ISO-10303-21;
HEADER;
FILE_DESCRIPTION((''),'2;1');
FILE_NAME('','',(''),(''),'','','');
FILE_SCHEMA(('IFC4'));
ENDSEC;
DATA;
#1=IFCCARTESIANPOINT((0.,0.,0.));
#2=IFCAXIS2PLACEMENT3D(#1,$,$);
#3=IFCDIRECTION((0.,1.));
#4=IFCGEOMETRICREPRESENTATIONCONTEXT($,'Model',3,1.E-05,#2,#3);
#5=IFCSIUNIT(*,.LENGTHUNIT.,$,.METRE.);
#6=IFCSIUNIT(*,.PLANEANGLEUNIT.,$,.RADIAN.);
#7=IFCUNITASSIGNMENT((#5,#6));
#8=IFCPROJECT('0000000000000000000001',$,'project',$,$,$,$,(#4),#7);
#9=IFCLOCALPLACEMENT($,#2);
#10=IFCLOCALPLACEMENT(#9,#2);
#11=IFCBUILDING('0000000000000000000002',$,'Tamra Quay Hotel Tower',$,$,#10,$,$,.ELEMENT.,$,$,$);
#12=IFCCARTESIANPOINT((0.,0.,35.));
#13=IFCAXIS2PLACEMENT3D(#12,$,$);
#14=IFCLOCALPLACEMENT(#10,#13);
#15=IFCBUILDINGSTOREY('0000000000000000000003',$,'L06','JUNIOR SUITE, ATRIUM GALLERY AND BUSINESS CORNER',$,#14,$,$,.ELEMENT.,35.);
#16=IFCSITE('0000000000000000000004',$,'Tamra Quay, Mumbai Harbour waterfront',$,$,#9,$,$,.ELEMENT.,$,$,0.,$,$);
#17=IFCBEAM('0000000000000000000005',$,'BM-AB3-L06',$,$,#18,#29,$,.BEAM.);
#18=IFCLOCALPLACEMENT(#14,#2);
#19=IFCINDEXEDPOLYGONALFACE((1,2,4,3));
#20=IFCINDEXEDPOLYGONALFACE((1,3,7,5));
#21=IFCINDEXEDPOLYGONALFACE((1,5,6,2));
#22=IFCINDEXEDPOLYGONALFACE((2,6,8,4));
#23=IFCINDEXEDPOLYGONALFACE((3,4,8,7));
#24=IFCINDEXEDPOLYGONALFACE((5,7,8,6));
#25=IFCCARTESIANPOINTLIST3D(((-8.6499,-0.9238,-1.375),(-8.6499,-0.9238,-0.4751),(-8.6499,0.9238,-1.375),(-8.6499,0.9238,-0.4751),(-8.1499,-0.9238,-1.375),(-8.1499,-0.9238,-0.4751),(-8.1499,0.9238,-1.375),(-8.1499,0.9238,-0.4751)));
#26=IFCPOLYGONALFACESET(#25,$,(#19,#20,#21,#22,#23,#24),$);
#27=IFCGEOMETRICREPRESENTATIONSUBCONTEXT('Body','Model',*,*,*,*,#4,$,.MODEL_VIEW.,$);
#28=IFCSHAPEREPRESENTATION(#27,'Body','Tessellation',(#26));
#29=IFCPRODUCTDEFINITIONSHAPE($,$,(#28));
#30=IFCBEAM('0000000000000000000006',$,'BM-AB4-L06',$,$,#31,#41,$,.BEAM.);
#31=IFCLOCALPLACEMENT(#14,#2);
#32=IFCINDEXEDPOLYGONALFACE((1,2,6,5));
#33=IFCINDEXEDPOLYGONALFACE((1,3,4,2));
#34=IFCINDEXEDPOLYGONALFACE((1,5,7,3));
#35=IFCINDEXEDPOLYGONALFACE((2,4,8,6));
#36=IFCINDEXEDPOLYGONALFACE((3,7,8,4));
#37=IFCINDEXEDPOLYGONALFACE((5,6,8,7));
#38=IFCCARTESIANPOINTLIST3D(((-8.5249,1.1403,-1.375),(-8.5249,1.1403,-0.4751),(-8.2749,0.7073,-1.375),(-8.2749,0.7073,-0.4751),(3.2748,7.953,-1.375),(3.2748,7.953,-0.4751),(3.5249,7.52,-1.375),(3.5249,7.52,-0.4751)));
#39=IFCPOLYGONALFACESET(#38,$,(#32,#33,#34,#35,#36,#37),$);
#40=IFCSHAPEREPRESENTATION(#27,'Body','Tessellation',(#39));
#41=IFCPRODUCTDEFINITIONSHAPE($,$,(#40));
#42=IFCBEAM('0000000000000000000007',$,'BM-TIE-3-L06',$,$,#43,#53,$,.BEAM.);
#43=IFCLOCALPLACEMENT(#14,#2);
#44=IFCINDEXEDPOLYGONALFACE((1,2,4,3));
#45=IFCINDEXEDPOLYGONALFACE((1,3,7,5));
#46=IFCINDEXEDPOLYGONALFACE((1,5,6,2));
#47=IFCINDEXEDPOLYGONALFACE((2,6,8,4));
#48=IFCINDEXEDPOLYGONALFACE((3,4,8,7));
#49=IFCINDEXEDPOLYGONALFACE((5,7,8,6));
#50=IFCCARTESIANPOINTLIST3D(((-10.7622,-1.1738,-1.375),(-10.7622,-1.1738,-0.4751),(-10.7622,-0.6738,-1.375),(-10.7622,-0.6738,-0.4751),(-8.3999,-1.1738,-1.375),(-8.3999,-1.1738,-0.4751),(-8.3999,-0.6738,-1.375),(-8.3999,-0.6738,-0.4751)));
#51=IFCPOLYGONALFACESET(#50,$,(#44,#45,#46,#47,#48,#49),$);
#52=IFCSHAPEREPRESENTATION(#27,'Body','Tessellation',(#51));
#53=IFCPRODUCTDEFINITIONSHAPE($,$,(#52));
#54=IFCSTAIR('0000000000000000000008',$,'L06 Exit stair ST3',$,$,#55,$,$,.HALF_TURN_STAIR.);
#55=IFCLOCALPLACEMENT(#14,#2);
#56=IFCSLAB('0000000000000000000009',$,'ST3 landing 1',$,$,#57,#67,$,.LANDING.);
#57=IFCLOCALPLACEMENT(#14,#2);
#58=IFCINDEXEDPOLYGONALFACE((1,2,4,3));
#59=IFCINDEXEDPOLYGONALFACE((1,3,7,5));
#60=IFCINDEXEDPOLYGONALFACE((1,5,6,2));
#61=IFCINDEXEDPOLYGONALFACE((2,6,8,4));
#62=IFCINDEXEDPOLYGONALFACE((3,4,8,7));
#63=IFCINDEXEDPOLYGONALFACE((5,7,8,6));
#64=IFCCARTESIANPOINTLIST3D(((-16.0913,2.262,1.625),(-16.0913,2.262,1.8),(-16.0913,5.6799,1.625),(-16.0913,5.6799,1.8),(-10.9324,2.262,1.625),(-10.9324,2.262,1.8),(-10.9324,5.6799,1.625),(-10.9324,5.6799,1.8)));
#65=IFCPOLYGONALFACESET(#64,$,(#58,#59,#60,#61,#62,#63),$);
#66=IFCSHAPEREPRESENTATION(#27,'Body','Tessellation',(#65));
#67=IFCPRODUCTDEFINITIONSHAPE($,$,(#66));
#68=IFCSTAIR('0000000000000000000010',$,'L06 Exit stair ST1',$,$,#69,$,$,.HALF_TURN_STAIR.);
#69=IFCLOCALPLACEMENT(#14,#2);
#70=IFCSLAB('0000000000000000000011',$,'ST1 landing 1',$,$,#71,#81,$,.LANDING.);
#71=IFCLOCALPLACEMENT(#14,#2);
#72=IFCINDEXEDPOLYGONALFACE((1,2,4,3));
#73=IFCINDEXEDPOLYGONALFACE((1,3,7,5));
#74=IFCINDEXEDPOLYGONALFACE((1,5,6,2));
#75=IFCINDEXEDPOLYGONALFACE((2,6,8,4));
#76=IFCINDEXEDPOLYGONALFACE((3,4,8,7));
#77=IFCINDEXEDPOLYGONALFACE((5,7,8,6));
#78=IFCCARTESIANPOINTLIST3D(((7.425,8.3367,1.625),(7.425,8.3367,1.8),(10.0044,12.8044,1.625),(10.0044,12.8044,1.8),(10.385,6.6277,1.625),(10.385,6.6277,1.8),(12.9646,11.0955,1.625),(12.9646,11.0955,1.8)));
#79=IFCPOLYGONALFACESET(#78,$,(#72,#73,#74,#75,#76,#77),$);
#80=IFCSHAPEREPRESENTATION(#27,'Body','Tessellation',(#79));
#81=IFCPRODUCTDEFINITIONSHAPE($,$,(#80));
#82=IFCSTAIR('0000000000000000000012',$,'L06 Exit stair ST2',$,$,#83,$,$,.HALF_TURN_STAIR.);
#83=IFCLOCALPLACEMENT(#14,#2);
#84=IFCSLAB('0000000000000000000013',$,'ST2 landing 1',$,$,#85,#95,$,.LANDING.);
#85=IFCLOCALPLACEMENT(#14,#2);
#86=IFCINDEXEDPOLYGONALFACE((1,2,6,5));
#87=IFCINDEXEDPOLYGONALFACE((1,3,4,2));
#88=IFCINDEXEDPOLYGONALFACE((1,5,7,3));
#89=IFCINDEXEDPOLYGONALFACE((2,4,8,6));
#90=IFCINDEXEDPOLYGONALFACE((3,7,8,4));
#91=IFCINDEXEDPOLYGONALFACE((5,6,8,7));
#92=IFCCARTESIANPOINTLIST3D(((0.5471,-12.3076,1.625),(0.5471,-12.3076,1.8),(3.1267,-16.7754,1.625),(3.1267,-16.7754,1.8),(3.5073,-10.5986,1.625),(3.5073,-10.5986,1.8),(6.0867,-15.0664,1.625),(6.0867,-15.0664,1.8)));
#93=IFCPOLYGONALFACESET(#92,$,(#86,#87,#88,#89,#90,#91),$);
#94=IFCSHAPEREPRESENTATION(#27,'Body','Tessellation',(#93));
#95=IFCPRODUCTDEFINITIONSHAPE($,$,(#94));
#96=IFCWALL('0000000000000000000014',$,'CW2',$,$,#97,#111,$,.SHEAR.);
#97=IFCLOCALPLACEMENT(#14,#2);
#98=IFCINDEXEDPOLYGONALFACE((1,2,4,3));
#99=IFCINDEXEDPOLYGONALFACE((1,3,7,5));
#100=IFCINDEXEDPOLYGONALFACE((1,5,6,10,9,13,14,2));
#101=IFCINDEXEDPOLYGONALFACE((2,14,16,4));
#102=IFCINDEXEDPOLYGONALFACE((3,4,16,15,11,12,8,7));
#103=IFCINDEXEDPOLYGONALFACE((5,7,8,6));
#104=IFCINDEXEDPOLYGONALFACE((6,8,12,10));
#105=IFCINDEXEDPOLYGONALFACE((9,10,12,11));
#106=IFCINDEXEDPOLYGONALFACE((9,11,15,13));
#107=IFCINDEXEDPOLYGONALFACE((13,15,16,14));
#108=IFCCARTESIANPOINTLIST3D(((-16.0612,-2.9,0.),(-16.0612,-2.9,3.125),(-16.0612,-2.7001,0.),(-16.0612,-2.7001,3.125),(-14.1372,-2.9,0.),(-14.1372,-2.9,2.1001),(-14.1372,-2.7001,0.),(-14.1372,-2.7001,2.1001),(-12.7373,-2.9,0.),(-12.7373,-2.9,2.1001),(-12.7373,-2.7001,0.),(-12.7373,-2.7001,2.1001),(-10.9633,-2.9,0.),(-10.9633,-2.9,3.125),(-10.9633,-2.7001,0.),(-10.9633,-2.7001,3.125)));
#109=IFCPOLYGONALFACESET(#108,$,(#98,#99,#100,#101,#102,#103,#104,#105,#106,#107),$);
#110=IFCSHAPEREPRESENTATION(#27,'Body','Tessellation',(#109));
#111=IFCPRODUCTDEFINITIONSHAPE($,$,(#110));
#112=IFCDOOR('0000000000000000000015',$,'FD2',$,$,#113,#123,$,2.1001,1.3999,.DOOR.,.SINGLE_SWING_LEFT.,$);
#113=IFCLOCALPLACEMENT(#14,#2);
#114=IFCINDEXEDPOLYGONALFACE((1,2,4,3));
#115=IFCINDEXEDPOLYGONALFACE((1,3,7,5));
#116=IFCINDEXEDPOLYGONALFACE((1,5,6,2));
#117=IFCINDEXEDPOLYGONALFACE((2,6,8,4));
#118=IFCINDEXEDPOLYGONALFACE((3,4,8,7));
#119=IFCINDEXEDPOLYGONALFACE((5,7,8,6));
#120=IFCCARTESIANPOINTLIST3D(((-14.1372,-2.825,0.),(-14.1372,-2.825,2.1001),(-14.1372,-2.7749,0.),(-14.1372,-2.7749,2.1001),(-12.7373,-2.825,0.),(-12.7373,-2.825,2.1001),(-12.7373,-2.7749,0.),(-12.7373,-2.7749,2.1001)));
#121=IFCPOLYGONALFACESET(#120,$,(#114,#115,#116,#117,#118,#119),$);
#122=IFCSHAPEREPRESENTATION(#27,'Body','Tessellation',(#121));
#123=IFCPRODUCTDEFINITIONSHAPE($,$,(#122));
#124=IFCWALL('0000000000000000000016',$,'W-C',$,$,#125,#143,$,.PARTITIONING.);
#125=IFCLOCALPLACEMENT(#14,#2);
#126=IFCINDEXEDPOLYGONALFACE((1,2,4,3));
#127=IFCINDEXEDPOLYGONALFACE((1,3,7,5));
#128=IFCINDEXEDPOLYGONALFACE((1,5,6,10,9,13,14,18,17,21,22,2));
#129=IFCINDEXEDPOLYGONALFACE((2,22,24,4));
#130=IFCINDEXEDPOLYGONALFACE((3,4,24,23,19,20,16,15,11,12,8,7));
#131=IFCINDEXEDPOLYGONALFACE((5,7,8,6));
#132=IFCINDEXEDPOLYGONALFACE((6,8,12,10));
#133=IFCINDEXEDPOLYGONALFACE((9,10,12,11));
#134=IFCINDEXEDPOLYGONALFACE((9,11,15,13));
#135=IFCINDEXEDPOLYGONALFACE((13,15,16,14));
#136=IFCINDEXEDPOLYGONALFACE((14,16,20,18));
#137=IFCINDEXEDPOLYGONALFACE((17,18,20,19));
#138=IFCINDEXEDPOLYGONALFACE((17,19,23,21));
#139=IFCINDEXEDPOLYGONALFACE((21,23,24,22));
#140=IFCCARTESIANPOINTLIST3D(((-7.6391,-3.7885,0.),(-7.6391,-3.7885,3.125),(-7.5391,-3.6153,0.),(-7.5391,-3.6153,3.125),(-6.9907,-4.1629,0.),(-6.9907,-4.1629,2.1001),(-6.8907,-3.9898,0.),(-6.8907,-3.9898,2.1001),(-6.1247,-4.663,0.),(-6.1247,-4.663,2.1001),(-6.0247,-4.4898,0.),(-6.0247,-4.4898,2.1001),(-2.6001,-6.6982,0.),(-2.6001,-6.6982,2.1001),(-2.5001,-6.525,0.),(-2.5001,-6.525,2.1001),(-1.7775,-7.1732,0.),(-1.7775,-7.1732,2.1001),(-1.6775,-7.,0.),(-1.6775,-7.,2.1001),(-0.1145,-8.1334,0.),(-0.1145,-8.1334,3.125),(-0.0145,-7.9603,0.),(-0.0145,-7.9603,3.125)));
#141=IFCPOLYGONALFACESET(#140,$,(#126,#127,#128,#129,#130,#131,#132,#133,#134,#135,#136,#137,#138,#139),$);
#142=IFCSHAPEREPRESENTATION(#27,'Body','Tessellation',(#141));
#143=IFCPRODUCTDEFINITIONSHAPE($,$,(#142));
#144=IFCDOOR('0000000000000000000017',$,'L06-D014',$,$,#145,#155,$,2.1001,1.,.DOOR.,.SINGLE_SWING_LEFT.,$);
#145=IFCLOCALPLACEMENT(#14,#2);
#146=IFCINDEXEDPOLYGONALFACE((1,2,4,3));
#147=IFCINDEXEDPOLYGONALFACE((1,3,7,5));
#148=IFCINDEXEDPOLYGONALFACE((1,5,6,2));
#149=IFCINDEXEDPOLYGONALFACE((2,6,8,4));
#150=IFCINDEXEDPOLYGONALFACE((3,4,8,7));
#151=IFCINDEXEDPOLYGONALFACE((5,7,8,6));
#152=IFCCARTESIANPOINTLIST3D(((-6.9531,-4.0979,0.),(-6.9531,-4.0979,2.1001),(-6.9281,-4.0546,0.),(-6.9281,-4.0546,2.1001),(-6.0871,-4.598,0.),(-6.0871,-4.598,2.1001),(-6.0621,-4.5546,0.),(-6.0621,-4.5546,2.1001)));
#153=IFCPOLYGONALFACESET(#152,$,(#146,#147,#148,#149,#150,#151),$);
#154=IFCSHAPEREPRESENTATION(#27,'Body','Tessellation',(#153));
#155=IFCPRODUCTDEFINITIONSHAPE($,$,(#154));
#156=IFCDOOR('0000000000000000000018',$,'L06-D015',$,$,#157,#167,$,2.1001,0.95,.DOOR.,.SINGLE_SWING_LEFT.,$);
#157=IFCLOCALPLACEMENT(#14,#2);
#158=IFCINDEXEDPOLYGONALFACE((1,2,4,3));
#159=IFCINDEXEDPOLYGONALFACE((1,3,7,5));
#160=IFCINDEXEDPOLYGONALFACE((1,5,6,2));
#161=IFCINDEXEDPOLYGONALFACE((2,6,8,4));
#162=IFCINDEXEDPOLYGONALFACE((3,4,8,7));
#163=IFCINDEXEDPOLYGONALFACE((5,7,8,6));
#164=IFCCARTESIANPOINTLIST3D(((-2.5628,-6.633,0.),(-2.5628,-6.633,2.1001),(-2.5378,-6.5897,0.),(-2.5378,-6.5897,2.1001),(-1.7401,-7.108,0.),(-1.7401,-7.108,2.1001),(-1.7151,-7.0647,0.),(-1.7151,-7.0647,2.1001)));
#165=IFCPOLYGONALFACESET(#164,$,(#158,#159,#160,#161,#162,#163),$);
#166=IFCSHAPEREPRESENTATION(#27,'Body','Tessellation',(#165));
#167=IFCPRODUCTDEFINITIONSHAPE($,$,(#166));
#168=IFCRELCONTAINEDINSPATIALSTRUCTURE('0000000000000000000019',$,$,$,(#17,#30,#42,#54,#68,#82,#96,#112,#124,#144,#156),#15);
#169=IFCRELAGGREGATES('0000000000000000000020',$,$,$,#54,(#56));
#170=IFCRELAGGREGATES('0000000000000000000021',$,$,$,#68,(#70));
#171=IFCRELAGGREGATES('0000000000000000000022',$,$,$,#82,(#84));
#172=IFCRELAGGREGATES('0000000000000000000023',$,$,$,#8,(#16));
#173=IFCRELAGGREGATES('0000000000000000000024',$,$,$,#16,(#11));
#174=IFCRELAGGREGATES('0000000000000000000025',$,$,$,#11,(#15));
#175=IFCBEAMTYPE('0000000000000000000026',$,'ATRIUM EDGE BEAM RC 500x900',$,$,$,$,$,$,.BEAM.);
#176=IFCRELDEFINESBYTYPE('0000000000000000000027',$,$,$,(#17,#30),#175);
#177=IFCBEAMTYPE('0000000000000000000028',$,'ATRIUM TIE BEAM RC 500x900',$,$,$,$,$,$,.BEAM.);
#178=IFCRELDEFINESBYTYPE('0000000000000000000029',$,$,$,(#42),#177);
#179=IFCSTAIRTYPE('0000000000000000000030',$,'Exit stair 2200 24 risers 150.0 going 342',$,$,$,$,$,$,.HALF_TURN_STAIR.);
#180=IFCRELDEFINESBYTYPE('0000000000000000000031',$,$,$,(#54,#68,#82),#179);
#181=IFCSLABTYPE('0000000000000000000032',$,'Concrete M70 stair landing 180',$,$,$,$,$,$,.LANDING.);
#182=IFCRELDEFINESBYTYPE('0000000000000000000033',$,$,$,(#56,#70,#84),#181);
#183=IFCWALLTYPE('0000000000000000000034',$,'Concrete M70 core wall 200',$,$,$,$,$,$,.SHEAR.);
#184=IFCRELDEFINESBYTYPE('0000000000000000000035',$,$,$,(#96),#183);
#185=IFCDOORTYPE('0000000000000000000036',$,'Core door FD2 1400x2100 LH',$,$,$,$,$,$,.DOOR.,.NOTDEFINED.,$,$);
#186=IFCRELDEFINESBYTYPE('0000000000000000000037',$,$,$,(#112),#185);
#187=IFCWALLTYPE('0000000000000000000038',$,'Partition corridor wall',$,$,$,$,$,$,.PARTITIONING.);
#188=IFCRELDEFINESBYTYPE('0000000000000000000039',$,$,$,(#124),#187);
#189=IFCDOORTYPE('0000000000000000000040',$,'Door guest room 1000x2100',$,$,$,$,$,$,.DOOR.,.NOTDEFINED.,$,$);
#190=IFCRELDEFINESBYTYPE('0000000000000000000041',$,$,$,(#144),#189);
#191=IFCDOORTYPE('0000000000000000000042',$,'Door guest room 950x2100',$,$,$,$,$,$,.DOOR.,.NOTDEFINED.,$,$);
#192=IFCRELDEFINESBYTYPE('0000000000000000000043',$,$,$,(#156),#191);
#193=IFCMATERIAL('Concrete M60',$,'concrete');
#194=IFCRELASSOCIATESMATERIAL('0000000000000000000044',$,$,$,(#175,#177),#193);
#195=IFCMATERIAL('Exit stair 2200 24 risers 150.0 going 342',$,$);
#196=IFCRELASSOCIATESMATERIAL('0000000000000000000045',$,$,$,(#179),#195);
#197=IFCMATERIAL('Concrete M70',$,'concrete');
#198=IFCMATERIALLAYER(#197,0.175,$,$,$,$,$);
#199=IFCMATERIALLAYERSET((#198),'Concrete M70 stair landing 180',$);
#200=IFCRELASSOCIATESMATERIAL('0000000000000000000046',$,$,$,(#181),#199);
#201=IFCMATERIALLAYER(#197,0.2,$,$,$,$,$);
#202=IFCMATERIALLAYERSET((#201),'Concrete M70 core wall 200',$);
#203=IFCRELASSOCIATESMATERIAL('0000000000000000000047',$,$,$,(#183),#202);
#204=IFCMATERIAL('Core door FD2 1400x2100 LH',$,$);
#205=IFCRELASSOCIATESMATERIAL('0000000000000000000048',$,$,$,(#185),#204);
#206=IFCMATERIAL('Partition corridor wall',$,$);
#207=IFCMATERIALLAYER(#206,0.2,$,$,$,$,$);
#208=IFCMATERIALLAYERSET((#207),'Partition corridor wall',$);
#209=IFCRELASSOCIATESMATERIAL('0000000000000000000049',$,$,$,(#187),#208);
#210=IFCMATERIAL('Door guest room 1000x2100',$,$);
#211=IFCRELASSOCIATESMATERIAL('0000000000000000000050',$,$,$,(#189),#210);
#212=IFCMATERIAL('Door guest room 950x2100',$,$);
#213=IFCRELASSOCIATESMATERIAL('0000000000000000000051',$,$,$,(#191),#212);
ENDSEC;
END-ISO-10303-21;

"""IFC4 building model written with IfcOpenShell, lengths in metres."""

from ifc_helpers import new_model, si_unit, direction, frame, frame_2d, origin, origin_2d, place, context, subcontext, project, spatial, polyline, rectangle, outline, extrude, material, layer, layer_set, material_profile, profile_set, type_object, element, fill, aggregate, save


model = new_model("IFC4")

# Units and contexts
model_context = context("Model", 3, precision=1e-05, world=origin(), true_north=direction((0.0, 1.0)))
body_context = subcontext(model_context, "Body", "Model", "MODEL_VIEW")
ifc_project = project(units=[si_unit("LENGTHUNIT", "METRE"), si_unit("PLANEANGLEUNIT", "RADIAN")], contexts=[model_context])

# Site, building, storey
site_placement = place(None, origin())
site = spatial("IfcSite", under=ifc_project, at=site_placement, Name="Tamra Quay, Mumbai Harbour waterfront", CompositionType="ELEMENT", RefElevation=0.0)
building_placement = place(site_placement, origin())
building = spatial("IfcBuilding", under=site, at=building_placement, Name="Tamra Quay Hotel Tower", CompositionType="ELEMENT")
storey_placement = place(building_placement, frame((0.0, 0.0, 35.0)))
storey = spatial("IfcBuildingStorey", under=building, at=storey_placement, Name="L06", Description="JUNIOR SUITE, ATRIUM GALLERY AND BUSINESS CORNER", CompositionType="ELEMENT", Elevation=35.0)

# Beams
ifc_material_1 = material(Name="Concrete M60", Category="concrete")
ifc_material_profile_1 = material_profile(ifc_material_1, rectangle(XDim=0.5, YDim=0.8999, at=origin_2d()), Name="ATRIUM EDGE BEAM RC 500x900")
ifc_profile_set_1 = profile_set([ifc_material_profile_1], Name="Concrete M60")
beam_type_1 = type_object("IfcBeamType", Name="ATRIUM EDGE BEAM RC 500x900", PredefinedType="BEAM", material=ifc_profile_set_1)
beam_1_placement = place(storey_placement, frame((-8.3999, -0.9238, -0.925), z_axis=(0.0, 1.0, 0.0), x_axis=(-1.0, 0.0, 0.0)))
element("IfcBeam", 1, at=beam_1_placement, inside=storey, type_object=beam_type_1, Name="BM-AB3-L06", PredefinedType="BEAM", context=body_context, shape_type="SweptSolid", body=[
    extrude(rectangle(XDim=0.5, YDim=0.8999, at=origin_2d()), origin(), (0.0, 0.0, 1.0), 1.8477),
])
beam_2_placement = place(storey_placement, frame((-8.3999, 0.9238, -0.925), z_axis=(0.866021, 0.500007, 0.0), x_axis=(-0.500007, 0.866021, 0.0)))
element("IfcBeam", 2, at=beam_2_placement, inside=storey, type_object=beam_type_1, Name="BM-AB4-L06", PredefinedType="BEAM", context=body_context, shape_type="SweptSolid", body=[
    extrude(rectangle(XDim=0.5, YDim=0.8999, at=origin_2d()), origin(), (0.0, 0.0, 1.0), 13.6252),
])
ifc_material_profile_2 = material_profile(ifc_material_1, rectangle(XDim=0.5, YDim=0.8999, at=origin_2d()), Name="ATRIUM TIE BEAM RC 500x900")
ifc_profile_set_2 = profile_set([ifc_material_profile_2], Name="Concrete M60")
beam_type_2 = type_object("IfcBeamType", Name="ATRIUM TIE BEAM RC 500x900", PredefinedType="BEAM", material=ifc_profile_set_2)
beam_3_placement = place(storey_placement, frame((-8.3999, -0.9238, -0.925), z_axis=(-1.0, 0.0, 0.0), x_axis=(0.0, -1.0, 0.0)))
element("IfcBeam", 3, at=beam_3_placement, inside=storey, type_object=beam_type_2, Name="BM-TIE-3-L06", PredefinedType="BEAM", context=body_context, shape_type="SweptSolid", body=[
    extrude(rectangle(XDim=0.5, YDim=0.8999, at=origin_2d()), origin(), (0.0, 0.0, 1.0), 2.3623),
])

# Stairs, slabs
ifc_material_2 = material(Name="Exit stair 2200 24 risers 150.0 going 342")
stair_type = type_object("IfcStairType", Name="Exit stair 2200 24 risers 150.0 going 342", PredefinedType="HALF_TURN_STAIR", material=ifc_material_2)
stair_1_placement = place(storey_placement, origin())
stair_1 = element("IfcStair", 4, at=stair_1_placement, inside=storey, type_object=stair_type, Name="L06 Exit stair ST3", PredefinedType="HALF_TURN_STAIR")
ifc_material_3 = material(Name="Concrete M70", Category="concrete")
ifc_layer_1 = layer(ifc_material_3, 0.175)
ifc_layer_set_1 = layer_set([ifc_layer_1], Name="Concrete M70 stair landing 180")
slab_type_1 = type_object("IfcSlabType", Name="Concrete M70 stair landing 180", PredefinedType="LANDING", material=ifc_layer_set_1)
slab_1_placement = place(storey_placement, frame((0.0, 0.0, 1.625)))
slab_1 = element("IfcSlab", 5, at=slab_1_placement, type_object=slab_type_1, Name="ST3 landing 1", PredefinedType="LANDING", context=body_context, shape_type="SweptSolid", body=[
    extrude(outline(polyline([(-10.9324, 2.262), (-10.9324, 5.6799), (-16.0913, 5.6799), (-16.0913, 2.262), (-10.9324, 2.262)])), origin(), (0.0, 0.0, 1.0), 0.175),
])
aggregate(stair_1, [slab_1])
stair_2_placement = place(storey_placement, origin())
stair_2 = element("IfcStair", 6, at=stair_2_placement, inside=storey, type_object=stair_type, Name="L06 Exit stair ST1", PredefinedType="HALF_TURN_STAIR")
slab_2_placement = place(storey_placement, frame((0.0, 0.0, 1.625)))
slab_2 = element("IfcSlab", 7, at=slab_2_placement, type_object=slab_type_1, Name="ST1 landing 1", PredefinedType="LANDING", context=body_context, shape_type="SweptSolid", body=[
    extrude(outline(polyline([(7.425, 8.3367), (10.385, 6.6277), (12.9646, 11.0955), (10.0044, 12.8044), (7.425, 8.3367)])), origin(), (0.0, 0.0, 1.0), 0.175),
])
aggregate(stair_2, [slab_2])
stair_3_placement = place(storey_placement, origin())
stair_3 = element("IfcStair", 8, at=stair_3_placement, inside=storey, type_object=stair_type, Name="L06 Exit stair ST2", PredefinedType="HALF_TURN_STAIR")
slab_3_placement = place(storey_placement, frame((0.0, 0.0, 1.625)))
slab_3 = element("IfcSlab", 9, at=slab_3_placement, type_object=slab_type_1, Name="ST2 landing 1", PredefinedType="LANDING", context=body_context, shape_type="SweptSolid", body=[
    extrude(outline(polyline([(3.5073, -10.5986), (0.5471, -12.3076), (3.1267, -16.7754), (6.0867, -15.0664), (3.5073, -10.5986)])), origin(), (0.0, 0.0, 1.0), 0.175),
])
aggregate(stair_3, [slab_3])

# Wall, opening, door
ifc_layer_2 = layer(ifc_material_3, 0.2)
ifc_layer_set_2 = layer_set([ifc_layer_2], Name="Concrete M70 core wall 200")
wall_type_1 = type_object("IfcWallType", Name="Concrete M70 core wall 200", PredefinedType="SHEAR", material=ifc_layer_set_2)
wall_1_placement = place(storey_placement, frame((-10.9634, -2.8, 0.0), z_axis=(0.0, 0.0, 1.0), x_axis=(-1.0, 0.0, 0.0)))
wall_1 = element("IfcWall", 10, at=wall_1_placement, inside=storey, type_object=wall_type_1, Name="CW2", PredefinedType="SHEAR", context=body_context, shape_type="SweptSolid", body=[
    extrude(rectangle(XDim=5.0979, YDim=0.2, at=frame_2d((2.5488, 0.0))), origin(), (0.0, 0.0, 1.0), 3.125),
])
opening_1_placement = place(wall_1_placement, frame((1.7739, 0.0, 0.0)))
opening_1 = element("IfcOpeningElement", 11, at=opening_1_placement, cuts=wall_1, PredefinedType="OPENING", context=body_context, shape_type="SweptSolid", body=[
    extrude(rectangle(XDim=1.3999, YDim=2.1001, at=frame_2d((0.7, 1.05))), frame((0.0, 0.1099, 0.0), z_axis=(0.0, -1.0, 0.0), x_axis=(1.0, 0.0, 0.0)), (0.0, 0.0, 1.0), 0.22),
])
ifc_material_4 = material(Name="Core door FD2 1400x2100 LH")
door_type_1 = type_object("IfcDoorType", Name="Core door FD2 1400x2100 LH", OperationType="NOTDEFINED", PredefinedType="DOOR", material=ifc_material_4)
door_1_placement = place(opening_1_placement, origin())
door_1 = element("IfcDoor", 12, at=door_1_placement, inside=storey, type_object=door_type_1, Name="FD2", OperationType="SINGLE_SWING_LEFT", OverallHeight=2.1001, OverallWidth=1.3999, PredefinedType="DOOR", context=body_context, shape_type="SweptSolid", body=[
    extrude(rectangle(XDim=1.3999, YDim=2.1001, at=frame_2d((0.7, 1.05))), frame((0.0, 0.0249, 0.0), z_axis=(0.0, -1.0, 0.0), x_axis=(1.0, 0.0, 0.0)), (0.0, 0.0, 1.0), 0.05),
])
fill(opening_1, door_1)

# Wall, openings, doors
ifc_material_5 = material(Name="Partition corridor wall")
ifc_layer_3 = layer(ifc_material_5, 0.2)
ifc_layer_set_3 = layer_set([ifc_layer_3], Name="Partition corridor wall")
wall_type_2 = type_object("IfcWallType", Name="Partition corridor wall", PredefinedType="PARTITIONING", material=ifc_layer_set_3)
wall_2_placement = place(storey_placement, frame((-7.5891, -3.7019, 0.0), z_axis=(0.0, 0.0, 1.0), x_axis=(0.865995, -0.500052, 0.0)))
wall_2 = element("IfcWall", 13, at=wall_2_placement, inside=storey, type_object=wall_type_2, Name="W-C", PredefinedType="PARTITIONING", context=body_context, shape_type="SweptSolid", body=[
    extrude(rectangle(XDim=8.689, YDim=0.2, at=frame_2d((4.3445, 0.0))), origin(), (0.0, 0.0, 1.0), 3.125),
])
opening_2_placement = place(wall_2_placement, frame((0.7488, 0.0, 0.0)))
opening_2 = element("IfcOpeningElement", 14, at=opening_2_placement, cuts=wall_2, PredefinedType="OPENING", context=body_context, shape_type="SweptSolid", body=[
    extrude(rectangle(XDim=1.0, YDim=2.1001, at=frame_2d((0.5, 1.05))), frame((0.0, 0.1099, 0.0), z_axis=(0.0, -1.0, 0.0), x_axis=(1.0, 0.0, 0.0)), (0.0, 0.0, 1.0), 0.22),
])
opening_3_placement = place(wall_2_placement, frame((5.8186, 0.0, 0.0)))
opening_3 = element("IfcOpeningElement", 15, at=opening_3_placement, cuts=wall_2, PredefinedType="OPENING", context=body_context, shape_type="SweptSolid", body=[
    extrude(rectangle(XDim=0.95, YDim=2.1001, at=frame_2d((0.4751, 1.05))), frame((0.0, 0.1099, 0.0), z_axis=(0.0, -1.0, 0.0), x_axis=(1.0, 0.0, 0.0)), (0.0, 0.0, 1.0), 0.22),
])
ifc_material_6 = material(Name="Door guest room 1000x2100")
door_type_2 = type_object("IfcDoorType", Name="Door guest room 1000x2100", OperationType="NOTDEFINED", PredefinedType="DOOR", material=ifc_material_6)
door_2_placement = place(opening_2_placement, frame((1.0, 0.0, 0.0), z_axis=(0.0, 0.0, 1.0), x_axis=(-1.0, 0.0, 0.0)))
door_2 = element("IfcDoor", 16, at=door_2_placement, inside=storey, type_object=door_type_2, Name="L06-D014", OperationType="SINGLE_SWING_LEFT", OverallHeight=2.1001, OverallWidth=1.0, PredefinedType="DOOR", context=body_context, shape_type="SweptSolid", body=[
    extrude(rectangle(XDim=1.0, YDim=2.1001, at=frame_2d((0.5, 1.05))), frame((0.0, 0.0249, 0.0), z_axis=(0.0, -1.0, 0.0), x_axis=(1.0, 0.0, 0.0)), (0.0, 0.0, 1.0), 0.05),
])
fill(opening_2, door_2)
ifc_material_7 = material(Name="Door guest room 950x2100")
door_type_3 = type_object("IfcDoorType", Name="Door guest room 950x2100", OperationType="NOTDEFINED", PredefinedType="DOOR", material=ifc_material_7)
door_3_placement = place(opening_3_placement, frame((0.95, 0.0, 0.0), z_axis=(0.0, 0.0, 1.0), x_axis=(-1.0, 0.0, 0.0)))
door_3 = element("IfcDoor", 17, at=door_3_placement, inside=storey, type_object=door_type_3, Name="L06-D015", OperationType="SINGLE_SWING_LEFT", OverallHeight=2.1001, OverallWidth=0.95, PredefinedType="DOOR", context=body_context, shape_type="SweptSolid", body=[
    extrude(rectangle(XDim=0.95, YDim=2.1001, at=frame_2d((0.4751, 1.05))), frame((0.0, 0.0249, 0.0), z_axis=(0.0, -1.0, 0.0), x_axis=(1.0, 0.0, 0.0)), (0.0, 0.0, 1.0), 0.05),
])
fill(opening_3, door_3)

save(model, "model.ifc")
